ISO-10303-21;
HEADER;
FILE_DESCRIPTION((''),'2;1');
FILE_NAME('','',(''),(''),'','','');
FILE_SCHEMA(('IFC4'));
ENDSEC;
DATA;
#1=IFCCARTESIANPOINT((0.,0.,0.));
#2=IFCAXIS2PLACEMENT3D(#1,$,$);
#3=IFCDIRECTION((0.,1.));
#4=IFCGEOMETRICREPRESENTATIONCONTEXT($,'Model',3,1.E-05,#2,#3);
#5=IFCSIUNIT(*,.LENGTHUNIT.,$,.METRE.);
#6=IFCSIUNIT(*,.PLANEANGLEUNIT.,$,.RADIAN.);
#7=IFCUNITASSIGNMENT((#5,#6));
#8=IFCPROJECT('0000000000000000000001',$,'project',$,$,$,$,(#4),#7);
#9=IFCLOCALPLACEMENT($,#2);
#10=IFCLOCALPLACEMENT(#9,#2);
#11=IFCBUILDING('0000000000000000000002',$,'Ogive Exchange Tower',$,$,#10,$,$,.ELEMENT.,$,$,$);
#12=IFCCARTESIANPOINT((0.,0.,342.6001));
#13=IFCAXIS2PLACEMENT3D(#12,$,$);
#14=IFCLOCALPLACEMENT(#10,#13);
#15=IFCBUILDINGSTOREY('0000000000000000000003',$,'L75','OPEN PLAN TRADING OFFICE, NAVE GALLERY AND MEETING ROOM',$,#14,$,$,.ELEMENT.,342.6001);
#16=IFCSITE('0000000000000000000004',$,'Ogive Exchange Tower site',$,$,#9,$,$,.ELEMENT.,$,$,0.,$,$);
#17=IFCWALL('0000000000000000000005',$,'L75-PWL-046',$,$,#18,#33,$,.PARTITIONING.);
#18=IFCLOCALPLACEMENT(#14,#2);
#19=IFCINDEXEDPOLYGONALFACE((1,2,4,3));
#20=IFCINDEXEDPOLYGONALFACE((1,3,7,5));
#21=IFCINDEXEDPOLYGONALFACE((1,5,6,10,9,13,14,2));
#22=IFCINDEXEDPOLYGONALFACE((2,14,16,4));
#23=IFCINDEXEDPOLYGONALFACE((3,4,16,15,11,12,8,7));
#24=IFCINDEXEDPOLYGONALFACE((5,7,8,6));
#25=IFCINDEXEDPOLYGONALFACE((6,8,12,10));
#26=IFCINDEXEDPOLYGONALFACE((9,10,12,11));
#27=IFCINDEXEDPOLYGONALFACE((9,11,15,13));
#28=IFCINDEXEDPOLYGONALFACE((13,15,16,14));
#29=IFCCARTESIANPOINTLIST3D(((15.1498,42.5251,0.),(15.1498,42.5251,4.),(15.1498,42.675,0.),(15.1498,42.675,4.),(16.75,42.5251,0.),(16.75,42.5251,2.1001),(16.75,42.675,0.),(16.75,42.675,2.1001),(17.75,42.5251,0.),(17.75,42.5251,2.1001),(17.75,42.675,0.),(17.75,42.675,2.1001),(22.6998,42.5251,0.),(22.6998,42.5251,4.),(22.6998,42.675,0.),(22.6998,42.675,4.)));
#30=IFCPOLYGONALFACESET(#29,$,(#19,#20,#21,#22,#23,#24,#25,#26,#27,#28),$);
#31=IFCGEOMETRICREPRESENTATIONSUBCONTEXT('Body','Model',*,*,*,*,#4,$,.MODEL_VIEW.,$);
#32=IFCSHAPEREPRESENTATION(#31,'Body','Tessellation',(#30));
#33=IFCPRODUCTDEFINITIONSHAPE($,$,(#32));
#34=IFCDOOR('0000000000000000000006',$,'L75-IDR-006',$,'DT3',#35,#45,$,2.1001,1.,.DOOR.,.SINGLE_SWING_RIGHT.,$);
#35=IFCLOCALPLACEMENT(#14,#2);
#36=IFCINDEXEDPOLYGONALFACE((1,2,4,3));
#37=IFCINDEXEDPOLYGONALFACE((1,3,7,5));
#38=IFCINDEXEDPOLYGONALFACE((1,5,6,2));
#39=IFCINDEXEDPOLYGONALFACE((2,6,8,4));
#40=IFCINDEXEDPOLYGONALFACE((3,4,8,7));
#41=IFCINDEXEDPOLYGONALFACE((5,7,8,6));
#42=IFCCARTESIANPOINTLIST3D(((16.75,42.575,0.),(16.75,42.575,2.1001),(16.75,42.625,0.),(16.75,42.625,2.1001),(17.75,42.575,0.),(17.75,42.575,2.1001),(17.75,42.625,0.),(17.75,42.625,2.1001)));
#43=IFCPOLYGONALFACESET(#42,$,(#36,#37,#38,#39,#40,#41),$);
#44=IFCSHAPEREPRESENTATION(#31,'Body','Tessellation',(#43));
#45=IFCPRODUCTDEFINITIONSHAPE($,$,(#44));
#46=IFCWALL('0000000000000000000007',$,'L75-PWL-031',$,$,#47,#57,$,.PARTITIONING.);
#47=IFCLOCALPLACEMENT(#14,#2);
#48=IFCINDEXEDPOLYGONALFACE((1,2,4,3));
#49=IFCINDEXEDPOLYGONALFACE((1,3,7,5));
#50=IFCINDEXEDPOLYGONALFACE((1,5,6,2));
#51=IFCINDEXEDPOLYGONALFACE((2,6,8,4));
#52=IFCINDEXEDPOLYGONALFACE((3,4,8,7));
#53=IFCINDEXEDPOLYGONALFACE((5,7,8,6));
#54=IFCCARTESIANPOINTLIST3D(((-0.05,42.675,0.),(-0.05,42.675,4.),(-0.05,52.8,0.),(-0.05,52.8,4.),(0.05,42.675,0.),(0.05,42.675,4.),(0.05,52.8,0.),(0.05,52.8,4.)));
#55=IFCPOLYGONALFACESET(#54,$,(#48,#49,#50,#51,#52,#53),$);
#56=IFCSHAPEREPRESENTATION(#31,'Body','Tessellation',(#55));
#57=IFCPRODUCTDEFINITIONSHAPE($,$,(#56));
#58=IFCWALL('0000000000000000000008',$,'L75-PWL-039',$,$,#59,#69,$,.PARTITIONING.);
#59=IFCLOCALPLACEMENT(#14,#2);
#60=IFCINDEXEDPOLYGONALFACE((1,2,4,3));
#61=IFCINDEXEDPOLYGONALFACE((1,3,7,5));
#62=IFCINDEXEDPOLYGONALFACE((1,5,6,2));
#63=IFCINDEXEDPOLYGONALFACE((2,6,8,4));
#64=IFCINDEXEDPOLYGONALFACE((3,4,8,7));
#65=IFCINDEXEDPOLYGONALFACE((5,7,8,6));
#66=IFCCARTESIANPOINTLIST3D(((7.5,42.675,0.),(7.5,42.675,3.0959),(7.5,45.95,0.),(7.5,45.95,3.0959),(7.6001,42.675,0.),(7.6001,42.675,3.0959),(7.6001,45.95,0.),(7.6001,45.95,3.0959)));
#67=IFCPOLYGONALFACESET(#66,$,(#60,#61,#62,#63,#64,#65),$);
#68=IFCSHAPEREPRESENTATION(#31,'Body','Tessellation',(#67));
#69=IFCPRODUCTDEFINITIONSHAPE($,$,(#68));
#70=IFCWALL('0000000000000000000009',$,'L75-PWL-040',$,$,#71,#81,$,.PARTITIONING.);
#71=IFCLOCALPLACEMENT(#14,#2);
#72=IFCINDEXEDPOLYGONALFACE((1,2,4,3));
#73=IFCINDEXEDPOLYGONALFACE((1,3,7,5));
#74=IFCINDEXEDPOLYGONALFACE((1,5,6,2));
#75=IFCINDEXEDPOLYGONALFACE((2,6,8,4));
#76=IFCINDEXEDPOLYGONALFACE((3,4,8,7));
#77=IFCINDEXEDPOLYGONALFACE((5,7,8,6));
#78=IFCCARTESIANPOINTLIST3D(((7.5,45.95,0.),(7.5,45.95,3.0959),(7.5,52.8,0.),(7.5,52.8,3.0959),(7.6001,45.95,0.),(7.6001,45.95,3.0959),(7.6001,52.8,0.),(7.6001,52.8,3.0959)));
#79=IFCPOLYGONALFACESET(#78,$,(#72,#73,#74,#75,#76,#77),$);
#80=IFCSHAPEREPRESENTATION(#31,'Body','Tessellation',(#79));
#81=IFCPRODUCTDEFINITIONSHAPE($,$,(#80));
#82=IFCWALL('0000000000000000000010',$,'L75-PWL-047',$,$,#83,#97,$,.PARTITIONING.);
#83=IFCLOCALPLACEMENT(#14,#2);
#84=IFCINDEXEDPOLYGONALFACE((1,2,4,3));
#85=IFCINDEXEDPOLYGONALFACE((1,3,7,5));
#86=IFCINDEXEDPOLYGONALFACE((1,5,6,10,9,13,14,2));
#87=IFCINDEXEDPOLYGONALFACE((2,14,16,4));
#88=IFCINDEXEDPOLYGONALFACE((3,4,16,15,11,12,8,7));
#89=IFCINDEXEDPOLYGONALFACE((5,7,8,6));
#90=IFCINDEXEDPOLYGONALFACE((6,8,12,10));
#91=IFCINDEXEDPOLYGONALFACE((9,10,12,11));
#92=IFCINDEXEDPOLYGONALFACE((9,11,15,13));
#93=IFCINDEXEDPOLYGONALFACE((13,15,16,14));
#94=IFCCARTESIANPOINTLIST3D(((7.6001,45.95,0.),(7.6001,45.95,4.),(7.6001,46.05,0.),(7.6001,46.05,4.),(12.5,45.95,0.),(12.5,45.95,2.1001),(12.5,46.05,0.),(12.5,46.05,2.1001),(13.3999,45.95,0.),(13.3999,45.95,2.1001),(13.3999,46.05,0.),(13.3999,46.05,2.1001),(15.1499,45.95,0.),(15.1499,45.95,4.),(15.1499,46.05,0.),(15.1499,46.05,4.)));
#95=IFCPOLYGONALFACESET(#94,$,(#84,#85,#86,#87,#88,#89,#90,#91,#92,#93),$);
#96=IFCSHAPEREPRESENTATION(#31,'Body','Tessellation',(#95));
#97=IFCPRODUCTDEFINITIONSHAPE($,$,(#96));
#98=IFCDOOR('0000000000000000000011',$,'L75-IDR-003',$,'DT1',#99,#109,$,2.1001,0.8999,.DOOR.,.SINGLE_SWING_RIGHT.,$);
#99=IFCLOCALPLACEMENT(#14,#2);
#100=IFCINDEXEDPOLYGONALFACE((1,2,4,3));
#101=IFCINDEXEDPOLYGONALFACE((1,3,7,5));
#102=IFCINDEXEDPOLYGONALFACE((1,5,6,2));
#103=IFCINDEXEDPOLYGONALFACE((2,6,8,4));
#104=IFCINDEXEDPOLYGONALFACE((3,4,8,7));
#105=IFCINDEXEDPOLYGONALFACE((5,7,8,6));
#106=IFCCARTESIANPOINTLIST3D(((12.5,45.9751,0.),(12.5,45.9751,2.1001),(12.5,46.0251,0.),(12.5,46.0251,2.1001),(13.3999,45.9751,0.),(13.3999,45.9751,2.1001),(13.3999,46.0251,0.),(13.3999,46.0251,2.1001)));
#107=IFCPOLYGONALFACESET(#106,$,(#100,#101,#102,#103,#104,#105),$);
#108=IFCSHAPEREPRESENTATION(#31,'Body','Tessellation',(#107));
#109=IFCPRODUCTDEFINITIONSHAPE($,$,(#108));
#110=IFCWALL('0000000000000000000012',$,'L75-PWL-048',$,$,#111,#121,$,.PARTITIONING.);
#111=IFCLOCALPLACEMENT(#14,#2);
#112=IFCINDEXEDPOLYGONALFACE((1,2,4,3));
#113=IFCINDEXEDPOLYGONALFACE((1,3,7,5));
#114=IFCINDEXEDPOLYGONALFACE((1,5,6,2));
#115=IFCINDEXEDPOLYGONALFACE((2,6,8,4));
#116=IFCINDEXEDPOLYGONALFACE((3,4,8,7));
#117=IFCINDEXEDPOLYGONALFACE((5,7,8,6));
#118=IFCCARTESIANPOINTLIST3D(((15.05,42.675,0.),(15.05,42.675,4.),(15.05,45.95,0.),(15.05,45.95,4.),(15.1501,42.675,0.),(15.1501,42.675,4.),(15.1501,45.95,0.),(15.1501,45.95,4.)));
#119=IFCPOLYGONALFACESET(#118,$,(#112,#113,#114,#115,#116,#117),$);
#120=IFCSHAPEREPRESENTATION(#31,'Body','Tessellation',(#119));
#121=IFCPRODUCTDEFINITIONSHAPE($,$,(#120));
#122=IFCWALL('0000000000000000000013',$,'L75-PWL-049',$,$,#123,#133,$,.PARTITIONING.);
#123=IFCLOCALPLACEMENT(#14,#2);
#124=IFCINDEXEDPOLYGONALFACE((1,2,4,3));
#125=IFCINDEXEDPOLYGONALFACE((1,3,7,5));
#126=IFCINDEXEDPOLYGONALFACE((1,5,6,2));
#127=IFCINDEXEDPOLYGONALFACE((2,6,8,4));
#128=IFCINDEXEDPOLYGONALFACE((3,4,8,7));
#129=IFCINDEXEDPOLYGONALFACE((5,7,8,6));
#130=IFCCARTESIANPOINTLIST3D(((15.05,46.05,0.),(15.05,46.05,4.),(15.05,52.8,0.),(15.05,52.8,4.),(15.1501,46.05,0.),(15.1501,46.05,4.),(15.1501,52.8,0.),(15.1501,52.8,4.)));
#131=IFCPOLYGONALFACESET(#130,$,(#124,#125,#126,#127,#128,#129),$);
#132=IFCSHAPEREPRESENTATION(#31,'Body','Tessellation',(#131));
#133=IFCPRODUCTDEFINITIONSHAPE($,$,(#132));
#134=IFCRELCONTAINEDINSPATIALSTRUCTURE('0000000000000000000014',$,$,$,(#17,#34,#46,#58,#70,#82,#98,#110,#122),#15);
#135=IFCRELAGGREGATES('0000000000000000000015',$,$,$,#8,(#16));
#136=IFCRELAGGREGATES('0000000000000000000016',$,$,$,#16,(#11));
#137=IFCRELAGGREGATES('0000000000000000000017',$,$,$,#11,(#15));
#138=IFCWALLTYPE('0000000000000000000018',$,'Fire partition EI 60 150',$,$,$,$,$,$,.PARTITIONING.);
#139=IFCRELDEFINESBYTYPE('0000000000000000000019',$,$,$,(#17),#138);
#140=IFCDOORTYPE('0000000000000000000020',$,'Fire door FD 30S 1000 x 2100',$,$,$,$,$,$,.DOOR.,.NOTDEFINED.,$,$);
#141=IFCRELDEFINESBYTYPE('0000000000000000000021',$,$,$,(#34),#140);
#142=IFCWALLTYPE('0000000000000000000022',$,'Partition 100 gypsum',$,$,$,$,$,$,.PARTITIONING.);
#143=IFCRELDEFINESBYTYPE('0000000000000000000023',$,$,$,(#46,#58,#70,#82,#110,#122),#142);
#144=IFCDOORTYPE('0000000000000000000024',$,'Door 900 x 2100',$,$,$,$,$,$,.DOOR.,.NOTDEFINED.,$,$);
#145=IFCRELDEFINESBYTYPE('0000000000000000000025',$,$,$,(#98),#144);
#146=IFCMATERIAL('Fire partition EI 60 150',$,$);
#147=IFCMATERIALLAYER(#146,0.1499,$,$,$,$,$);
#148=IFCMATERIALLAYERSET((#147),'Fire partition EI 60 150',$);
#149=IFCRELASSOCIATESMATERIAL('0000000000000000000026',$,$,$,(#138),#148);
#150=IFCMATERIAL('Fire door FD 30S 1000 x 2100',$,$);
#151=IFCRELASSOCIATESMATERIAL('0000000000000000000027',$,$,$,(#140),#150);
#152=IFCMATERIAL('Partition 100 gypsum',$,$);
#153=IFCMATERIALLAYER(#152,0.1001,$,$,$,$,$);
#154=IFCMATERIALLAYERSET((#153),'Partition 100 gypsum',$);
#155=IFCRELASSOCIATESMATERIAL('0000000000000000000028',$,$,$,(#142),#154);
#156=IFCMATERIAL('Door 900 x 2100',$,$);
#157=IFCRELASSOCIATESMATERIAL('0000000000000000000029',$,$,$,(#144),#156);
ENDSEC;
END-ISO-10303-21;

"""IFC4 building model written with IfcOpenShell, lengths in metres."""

from ifc_helpers import new_model, si_unit, direction, frame, frame_2d, origin, place, context, subcontext, project, spatial, rectangle, extrude, material, layer, layer_set, type_object, element, fill, save


model = new_model("IFC4")

# Units and contexts
model_context = context("Model", 3, precision=1e-05, world=origin(), true_north=direction((0.0, 1.0)))
body_context = subcontext(model_context, "Body", "Model", "MODEL_VIEW")
ifc_project = project(units=[si_unit("LENGTHUNIT", "METRE"), si_unit("PLANEANGLEUNIT", "RADIAN")], contexts=[model_context])

# Site, building, storey
site_placement = place(None, origin())
site = spatial("IfcSite", under=ifc_project, at=site_placement, Name="Ogive Exchange Tower site", CompositionType="ELEMENT", RefElevation=0.0)
building_placement = place(site_placement, origin())
building = spatial("IfcBuilding", under=site, at=building_placement, Name="Ogive Exchange Tower", CompositionType="ELEMENT")
storey_placement = place(building_placement, frame((0.0, 0.0, 342.6001)))
storey = spatial("IfcBuildingStorey", under=building, at=storey_placement, Name="L75", Description="OPEN PLAN TRADING OFFICE, NAVE GALLERY AND MEETING ROOM", CompositionType="ELEMENT", Elevation=342.6001)

# Shared definitions
ifc_material_1 = material(Name="Fire partition EI 60 150")
ifc_layer_1 = layer(ifc_material_1, 0.1499)
ifc_layer_set_1 = layer_set([ifc_layer_1], Name="Fire partition EI 60 150")
wall_type_1 = type_object("IfcWallType", Name="Fire partition EI 60 150", PredefinedType="PARTITIONING", material=ifc_layer_set_1)
ifc_material_2 = material(Name="Fire door FD 30S 1000 x 2100")
door_type_1 = type_object("IfcDoorType", Name="Fire door FD 30S 1000 x 2100", OperationType="NOTDEFINED", PredefinedType="DOOR", material=ifc_material_2)

# Wall, opening, door
wall_1_placement = place(storey_placement, frame((15.1499, 42.6001, 0.0), z_axis=(0.0, 0.0, 1.0), x_axis=(1.0, 0.0, 0.0)))
wall_1 = element("IfcWall", 1, at=wall_1_placement, inside=storey, type_object=wall_type_1, Name="L75-PWL-046", PredefinedType="PARTITIONING", context=body_context, shape_type="SweptSolid", body=[
    extrude(rectangle(XDim=7.55, YDim=0.1499, at=frame_2d((3.7749, 0.0))), origin(), (0.0, 0.0, 1.0), 4.0),
])
opening_1_placement = place(wall_1_placement, frame((1.6001, 0.0, 0.0)))
opening_1 = element("IfcOpeningElement", 2, at=opening_1_placement, cuts=wall_1, PredefinedType="OPENING", context=body_context, shape_type="SweptSolid", body=[
    extrude(rectangle(XDim=1.0, YDim=2.1001, at=frame_2d((0.5, 1.05))), frame((0.0, 0.085, 0.0), z_axis=(0.0, -1.0, 0.0), x_axis=(1.0, 0.0, 0.0)), (0.0, 0.0, 1.0), 0.1699),
])
door_1_placement = place(opening_1_placement, origin())
door_1 = element("IfcDoor", 3, at=door_1_placement, inside=storey, type_object=door_type_1, Name="L75-IDR-006", ObjectType="DT3", OperationType="SINGLE_SWING_RIGHT", OverallHeight=2.1001, OverallWidth=1.0, PredefinedType="DOOR", context=body_context, shape_type="SweptSolid", body=[
    extrude(rectangle(XDim=1.0, YDim=2.1001, at=frame_2d((0.5, 1.05))), frame((0.0, 0.0249, 0.0), z_axis=(0.0, -1.0, 0.0), x_axis=(1.0, 0.0, 0.0)), (0.0, 0.0, 1.0), 0.05),
])
fill(opening_1, door_1)

# Walls
ifc_material_3 = material(Name="Partition 100 gypsum")
ifc_layer_2 = layer(ifc_material_3, 0.1001)
ifc_layer_set_2 = layer_set([ifc_layer_2], Name="Partition 100 gypsum")
wall_type_2 = type_object("IfcWallType", Name="Partition 100 gypsum", PredefinedType="PARTITIONING", material=ifc_layer_set_2)
wall_2_placement = place(storey_placement, frame((0.0, 52.8, 0.0), z_axis=(0.0, 0.0, 1.0), x_axis=(0.0, -1.0, 0.0)))
element("IfcWall", 4, at=wall_2_placement, inside=storey, type_object=wall_type_2, Name="L75-PWL-031", PredefinedType="PARTITIONING", context=body_context, shape_type="SweptSolid", body=[
    extrude(rectangle(XDim=10.125, YDim=0.1001, at=frame_2d((5.0625, 0.0))), origin(), (0.0, 0.0, 1.0), 4.0),
])
wall_3_placement = place(storey_placement, frame((7.55, 45.95, 0.0), z_axis=(0.0, 0.0, 1.0), x_axis=(0.0, -1.0, 0.0)))
element("IfcWall", 5, at=wall_3_placement, inside=storey, type_object=wall_type_2, Name="L75-PWL-039", PredefinedType="PARTITIONING", context=body_context, shape_type="SweptSolid", body=[
    extrude(rectangle(XDim=3.2749, YDim=0.1001, at=frame_2d((1.6375, 0.0))), origin(), (0.0, 0.0, 1.0), 3.0959),
])
wall_4_placement = place(storey_placement, frame((7.55, 52.8, 0.0), z_axis=(0.0, 0.0, 1.0), x_axis=(0.0, -1.0, 0.0)))
element("IfcWall", 6, at=wall_4_placement, inside=storey, type_object=wall_type_2, Name="L75-PWL-040", PredefinedType="PARTITIONING", context=body_context, shape_type="SweptSolid", body=[
    extrude(rectangle(XDim=6.8501, YDim=0.1001, at=frame_2d((3.425, 0.0))), origin(), (0.0, 0.0, 1.0), 3.0959),
])

# Wall, opening, door
wall_5_placement = place(storey_placement, frame((15.1499, 46.0, 0.0), z_axis=(0.0, 0.0, 1.0), x_axis=(-1.0, 0.0, 0.0)))
wall_5 = element("IfcWall", 7, at=wall_5_placement, inside=storey, type_object=wall_type_2, Name="L75-PWL-047", PredefinedType="PARTITIONING", context=body_context, shape_type="SweptSolid", body=[
    extrude(rectangle(XDim=7.5498, YDim=0.1001, at=frame_2d((3.7749, 0.0))), origin(), (0.0, 0.0, 1.0), 4.0),
])
opening_2_placement = place(wall_5_placement, frame((1.75, 0.0, 0.0)))
opening_2 = element("IfcOpeningElement", 8, at=opening_2_placement, cuts=wall_5, PredefinedType="OPENING", context=body_context, shape_type="SweptSolid", body=[
    extrude(rectangle(XDim=0.8999, YDim=2.1001, at=frame_2d((0.45, 1.05))), frame((0.0, 0.0601, 0.0), z_axis=(0.0, -1.0, 0.0), x_axis=(1.0, 0.0, 0.0)), (0.0, 0.0, 1.0), 0.1201),
])
ifc_material_4 = material(Name="Door 900 x 2100")
door_type_2 = type_object("IfcDoorType", Name="Door 900 x 2100", OperationType="NOTDEFINED", PredefinedType="DOOR", material=ifc_material_4)
door_2_placement = place(opening_2_placement, origin())
door_2 = element("IfcDoor", 9, at=door_2_placement, inside=storey, type_object=door_type_2, Name="L75-IDR-003", ObjectType="DT1", OperationType="SINGLE_SWING_RIGHT", OverallHeight=2.1001, OverallWidth=0.8999, PredefinedType="DOOR", context=body_context, shape_type="SweptSolid", body=[
    extrude(rectangle(XDim=0.8999, YDim=2.1001, at=frame_2d((0.45, 1.05))), frame((0.0, 0.0249, 0.0), z_axis=(0.0, -1.0, 0.0), x_axis=(1.0, 0.0, 0.0)), (0.0, 0.0, 1.0), 0.05),
])
fill(opening_2, door_2)

# Walls
wall_6_placement = place(storey_placement, frame((15.1001, 45.95, 0.0), z_axis=(0.0, 0.0, 1.0), x_axis=(0.0, -1.0, 0.0)))
element("IfcWall", 10, at=wall_6_placement, inside=storey, type_object=wall_type_2, Name="L75-PWL-048", PredefinedType="PARTITIONING", context=body_context, shape_type="SweptSolid", body=[
    extrude(rectangle(XDim=3.2749, YDim=0.1001, at=frame_2d((1.6375, 0.0))), origin(), (0.0, 0.0, 1.0), 4.0),
])
wall_7_placement = place(storey_placement, frame((15.1001, 52.8, 0.0), z_axis=(0.0, 0.0, 1.0), x_axis=(0.0, -1.0, 0.0)))
element("IfcWall", 11, at=wall_7_placement, inside=storey, type_object=wall_type_2, Name="L75-PWL-049", PredefinedType="PARTITIONING", context=body_context, shape_type="SweptSolid", body=[
    extrude(rectangle(XDim=6.75, YDim=0.1001, at=frame_2d((3.375, 0.0))), origin(), (0.0, 0.0, 1.0), 4.0),
])

save(model, "model.ifc")
